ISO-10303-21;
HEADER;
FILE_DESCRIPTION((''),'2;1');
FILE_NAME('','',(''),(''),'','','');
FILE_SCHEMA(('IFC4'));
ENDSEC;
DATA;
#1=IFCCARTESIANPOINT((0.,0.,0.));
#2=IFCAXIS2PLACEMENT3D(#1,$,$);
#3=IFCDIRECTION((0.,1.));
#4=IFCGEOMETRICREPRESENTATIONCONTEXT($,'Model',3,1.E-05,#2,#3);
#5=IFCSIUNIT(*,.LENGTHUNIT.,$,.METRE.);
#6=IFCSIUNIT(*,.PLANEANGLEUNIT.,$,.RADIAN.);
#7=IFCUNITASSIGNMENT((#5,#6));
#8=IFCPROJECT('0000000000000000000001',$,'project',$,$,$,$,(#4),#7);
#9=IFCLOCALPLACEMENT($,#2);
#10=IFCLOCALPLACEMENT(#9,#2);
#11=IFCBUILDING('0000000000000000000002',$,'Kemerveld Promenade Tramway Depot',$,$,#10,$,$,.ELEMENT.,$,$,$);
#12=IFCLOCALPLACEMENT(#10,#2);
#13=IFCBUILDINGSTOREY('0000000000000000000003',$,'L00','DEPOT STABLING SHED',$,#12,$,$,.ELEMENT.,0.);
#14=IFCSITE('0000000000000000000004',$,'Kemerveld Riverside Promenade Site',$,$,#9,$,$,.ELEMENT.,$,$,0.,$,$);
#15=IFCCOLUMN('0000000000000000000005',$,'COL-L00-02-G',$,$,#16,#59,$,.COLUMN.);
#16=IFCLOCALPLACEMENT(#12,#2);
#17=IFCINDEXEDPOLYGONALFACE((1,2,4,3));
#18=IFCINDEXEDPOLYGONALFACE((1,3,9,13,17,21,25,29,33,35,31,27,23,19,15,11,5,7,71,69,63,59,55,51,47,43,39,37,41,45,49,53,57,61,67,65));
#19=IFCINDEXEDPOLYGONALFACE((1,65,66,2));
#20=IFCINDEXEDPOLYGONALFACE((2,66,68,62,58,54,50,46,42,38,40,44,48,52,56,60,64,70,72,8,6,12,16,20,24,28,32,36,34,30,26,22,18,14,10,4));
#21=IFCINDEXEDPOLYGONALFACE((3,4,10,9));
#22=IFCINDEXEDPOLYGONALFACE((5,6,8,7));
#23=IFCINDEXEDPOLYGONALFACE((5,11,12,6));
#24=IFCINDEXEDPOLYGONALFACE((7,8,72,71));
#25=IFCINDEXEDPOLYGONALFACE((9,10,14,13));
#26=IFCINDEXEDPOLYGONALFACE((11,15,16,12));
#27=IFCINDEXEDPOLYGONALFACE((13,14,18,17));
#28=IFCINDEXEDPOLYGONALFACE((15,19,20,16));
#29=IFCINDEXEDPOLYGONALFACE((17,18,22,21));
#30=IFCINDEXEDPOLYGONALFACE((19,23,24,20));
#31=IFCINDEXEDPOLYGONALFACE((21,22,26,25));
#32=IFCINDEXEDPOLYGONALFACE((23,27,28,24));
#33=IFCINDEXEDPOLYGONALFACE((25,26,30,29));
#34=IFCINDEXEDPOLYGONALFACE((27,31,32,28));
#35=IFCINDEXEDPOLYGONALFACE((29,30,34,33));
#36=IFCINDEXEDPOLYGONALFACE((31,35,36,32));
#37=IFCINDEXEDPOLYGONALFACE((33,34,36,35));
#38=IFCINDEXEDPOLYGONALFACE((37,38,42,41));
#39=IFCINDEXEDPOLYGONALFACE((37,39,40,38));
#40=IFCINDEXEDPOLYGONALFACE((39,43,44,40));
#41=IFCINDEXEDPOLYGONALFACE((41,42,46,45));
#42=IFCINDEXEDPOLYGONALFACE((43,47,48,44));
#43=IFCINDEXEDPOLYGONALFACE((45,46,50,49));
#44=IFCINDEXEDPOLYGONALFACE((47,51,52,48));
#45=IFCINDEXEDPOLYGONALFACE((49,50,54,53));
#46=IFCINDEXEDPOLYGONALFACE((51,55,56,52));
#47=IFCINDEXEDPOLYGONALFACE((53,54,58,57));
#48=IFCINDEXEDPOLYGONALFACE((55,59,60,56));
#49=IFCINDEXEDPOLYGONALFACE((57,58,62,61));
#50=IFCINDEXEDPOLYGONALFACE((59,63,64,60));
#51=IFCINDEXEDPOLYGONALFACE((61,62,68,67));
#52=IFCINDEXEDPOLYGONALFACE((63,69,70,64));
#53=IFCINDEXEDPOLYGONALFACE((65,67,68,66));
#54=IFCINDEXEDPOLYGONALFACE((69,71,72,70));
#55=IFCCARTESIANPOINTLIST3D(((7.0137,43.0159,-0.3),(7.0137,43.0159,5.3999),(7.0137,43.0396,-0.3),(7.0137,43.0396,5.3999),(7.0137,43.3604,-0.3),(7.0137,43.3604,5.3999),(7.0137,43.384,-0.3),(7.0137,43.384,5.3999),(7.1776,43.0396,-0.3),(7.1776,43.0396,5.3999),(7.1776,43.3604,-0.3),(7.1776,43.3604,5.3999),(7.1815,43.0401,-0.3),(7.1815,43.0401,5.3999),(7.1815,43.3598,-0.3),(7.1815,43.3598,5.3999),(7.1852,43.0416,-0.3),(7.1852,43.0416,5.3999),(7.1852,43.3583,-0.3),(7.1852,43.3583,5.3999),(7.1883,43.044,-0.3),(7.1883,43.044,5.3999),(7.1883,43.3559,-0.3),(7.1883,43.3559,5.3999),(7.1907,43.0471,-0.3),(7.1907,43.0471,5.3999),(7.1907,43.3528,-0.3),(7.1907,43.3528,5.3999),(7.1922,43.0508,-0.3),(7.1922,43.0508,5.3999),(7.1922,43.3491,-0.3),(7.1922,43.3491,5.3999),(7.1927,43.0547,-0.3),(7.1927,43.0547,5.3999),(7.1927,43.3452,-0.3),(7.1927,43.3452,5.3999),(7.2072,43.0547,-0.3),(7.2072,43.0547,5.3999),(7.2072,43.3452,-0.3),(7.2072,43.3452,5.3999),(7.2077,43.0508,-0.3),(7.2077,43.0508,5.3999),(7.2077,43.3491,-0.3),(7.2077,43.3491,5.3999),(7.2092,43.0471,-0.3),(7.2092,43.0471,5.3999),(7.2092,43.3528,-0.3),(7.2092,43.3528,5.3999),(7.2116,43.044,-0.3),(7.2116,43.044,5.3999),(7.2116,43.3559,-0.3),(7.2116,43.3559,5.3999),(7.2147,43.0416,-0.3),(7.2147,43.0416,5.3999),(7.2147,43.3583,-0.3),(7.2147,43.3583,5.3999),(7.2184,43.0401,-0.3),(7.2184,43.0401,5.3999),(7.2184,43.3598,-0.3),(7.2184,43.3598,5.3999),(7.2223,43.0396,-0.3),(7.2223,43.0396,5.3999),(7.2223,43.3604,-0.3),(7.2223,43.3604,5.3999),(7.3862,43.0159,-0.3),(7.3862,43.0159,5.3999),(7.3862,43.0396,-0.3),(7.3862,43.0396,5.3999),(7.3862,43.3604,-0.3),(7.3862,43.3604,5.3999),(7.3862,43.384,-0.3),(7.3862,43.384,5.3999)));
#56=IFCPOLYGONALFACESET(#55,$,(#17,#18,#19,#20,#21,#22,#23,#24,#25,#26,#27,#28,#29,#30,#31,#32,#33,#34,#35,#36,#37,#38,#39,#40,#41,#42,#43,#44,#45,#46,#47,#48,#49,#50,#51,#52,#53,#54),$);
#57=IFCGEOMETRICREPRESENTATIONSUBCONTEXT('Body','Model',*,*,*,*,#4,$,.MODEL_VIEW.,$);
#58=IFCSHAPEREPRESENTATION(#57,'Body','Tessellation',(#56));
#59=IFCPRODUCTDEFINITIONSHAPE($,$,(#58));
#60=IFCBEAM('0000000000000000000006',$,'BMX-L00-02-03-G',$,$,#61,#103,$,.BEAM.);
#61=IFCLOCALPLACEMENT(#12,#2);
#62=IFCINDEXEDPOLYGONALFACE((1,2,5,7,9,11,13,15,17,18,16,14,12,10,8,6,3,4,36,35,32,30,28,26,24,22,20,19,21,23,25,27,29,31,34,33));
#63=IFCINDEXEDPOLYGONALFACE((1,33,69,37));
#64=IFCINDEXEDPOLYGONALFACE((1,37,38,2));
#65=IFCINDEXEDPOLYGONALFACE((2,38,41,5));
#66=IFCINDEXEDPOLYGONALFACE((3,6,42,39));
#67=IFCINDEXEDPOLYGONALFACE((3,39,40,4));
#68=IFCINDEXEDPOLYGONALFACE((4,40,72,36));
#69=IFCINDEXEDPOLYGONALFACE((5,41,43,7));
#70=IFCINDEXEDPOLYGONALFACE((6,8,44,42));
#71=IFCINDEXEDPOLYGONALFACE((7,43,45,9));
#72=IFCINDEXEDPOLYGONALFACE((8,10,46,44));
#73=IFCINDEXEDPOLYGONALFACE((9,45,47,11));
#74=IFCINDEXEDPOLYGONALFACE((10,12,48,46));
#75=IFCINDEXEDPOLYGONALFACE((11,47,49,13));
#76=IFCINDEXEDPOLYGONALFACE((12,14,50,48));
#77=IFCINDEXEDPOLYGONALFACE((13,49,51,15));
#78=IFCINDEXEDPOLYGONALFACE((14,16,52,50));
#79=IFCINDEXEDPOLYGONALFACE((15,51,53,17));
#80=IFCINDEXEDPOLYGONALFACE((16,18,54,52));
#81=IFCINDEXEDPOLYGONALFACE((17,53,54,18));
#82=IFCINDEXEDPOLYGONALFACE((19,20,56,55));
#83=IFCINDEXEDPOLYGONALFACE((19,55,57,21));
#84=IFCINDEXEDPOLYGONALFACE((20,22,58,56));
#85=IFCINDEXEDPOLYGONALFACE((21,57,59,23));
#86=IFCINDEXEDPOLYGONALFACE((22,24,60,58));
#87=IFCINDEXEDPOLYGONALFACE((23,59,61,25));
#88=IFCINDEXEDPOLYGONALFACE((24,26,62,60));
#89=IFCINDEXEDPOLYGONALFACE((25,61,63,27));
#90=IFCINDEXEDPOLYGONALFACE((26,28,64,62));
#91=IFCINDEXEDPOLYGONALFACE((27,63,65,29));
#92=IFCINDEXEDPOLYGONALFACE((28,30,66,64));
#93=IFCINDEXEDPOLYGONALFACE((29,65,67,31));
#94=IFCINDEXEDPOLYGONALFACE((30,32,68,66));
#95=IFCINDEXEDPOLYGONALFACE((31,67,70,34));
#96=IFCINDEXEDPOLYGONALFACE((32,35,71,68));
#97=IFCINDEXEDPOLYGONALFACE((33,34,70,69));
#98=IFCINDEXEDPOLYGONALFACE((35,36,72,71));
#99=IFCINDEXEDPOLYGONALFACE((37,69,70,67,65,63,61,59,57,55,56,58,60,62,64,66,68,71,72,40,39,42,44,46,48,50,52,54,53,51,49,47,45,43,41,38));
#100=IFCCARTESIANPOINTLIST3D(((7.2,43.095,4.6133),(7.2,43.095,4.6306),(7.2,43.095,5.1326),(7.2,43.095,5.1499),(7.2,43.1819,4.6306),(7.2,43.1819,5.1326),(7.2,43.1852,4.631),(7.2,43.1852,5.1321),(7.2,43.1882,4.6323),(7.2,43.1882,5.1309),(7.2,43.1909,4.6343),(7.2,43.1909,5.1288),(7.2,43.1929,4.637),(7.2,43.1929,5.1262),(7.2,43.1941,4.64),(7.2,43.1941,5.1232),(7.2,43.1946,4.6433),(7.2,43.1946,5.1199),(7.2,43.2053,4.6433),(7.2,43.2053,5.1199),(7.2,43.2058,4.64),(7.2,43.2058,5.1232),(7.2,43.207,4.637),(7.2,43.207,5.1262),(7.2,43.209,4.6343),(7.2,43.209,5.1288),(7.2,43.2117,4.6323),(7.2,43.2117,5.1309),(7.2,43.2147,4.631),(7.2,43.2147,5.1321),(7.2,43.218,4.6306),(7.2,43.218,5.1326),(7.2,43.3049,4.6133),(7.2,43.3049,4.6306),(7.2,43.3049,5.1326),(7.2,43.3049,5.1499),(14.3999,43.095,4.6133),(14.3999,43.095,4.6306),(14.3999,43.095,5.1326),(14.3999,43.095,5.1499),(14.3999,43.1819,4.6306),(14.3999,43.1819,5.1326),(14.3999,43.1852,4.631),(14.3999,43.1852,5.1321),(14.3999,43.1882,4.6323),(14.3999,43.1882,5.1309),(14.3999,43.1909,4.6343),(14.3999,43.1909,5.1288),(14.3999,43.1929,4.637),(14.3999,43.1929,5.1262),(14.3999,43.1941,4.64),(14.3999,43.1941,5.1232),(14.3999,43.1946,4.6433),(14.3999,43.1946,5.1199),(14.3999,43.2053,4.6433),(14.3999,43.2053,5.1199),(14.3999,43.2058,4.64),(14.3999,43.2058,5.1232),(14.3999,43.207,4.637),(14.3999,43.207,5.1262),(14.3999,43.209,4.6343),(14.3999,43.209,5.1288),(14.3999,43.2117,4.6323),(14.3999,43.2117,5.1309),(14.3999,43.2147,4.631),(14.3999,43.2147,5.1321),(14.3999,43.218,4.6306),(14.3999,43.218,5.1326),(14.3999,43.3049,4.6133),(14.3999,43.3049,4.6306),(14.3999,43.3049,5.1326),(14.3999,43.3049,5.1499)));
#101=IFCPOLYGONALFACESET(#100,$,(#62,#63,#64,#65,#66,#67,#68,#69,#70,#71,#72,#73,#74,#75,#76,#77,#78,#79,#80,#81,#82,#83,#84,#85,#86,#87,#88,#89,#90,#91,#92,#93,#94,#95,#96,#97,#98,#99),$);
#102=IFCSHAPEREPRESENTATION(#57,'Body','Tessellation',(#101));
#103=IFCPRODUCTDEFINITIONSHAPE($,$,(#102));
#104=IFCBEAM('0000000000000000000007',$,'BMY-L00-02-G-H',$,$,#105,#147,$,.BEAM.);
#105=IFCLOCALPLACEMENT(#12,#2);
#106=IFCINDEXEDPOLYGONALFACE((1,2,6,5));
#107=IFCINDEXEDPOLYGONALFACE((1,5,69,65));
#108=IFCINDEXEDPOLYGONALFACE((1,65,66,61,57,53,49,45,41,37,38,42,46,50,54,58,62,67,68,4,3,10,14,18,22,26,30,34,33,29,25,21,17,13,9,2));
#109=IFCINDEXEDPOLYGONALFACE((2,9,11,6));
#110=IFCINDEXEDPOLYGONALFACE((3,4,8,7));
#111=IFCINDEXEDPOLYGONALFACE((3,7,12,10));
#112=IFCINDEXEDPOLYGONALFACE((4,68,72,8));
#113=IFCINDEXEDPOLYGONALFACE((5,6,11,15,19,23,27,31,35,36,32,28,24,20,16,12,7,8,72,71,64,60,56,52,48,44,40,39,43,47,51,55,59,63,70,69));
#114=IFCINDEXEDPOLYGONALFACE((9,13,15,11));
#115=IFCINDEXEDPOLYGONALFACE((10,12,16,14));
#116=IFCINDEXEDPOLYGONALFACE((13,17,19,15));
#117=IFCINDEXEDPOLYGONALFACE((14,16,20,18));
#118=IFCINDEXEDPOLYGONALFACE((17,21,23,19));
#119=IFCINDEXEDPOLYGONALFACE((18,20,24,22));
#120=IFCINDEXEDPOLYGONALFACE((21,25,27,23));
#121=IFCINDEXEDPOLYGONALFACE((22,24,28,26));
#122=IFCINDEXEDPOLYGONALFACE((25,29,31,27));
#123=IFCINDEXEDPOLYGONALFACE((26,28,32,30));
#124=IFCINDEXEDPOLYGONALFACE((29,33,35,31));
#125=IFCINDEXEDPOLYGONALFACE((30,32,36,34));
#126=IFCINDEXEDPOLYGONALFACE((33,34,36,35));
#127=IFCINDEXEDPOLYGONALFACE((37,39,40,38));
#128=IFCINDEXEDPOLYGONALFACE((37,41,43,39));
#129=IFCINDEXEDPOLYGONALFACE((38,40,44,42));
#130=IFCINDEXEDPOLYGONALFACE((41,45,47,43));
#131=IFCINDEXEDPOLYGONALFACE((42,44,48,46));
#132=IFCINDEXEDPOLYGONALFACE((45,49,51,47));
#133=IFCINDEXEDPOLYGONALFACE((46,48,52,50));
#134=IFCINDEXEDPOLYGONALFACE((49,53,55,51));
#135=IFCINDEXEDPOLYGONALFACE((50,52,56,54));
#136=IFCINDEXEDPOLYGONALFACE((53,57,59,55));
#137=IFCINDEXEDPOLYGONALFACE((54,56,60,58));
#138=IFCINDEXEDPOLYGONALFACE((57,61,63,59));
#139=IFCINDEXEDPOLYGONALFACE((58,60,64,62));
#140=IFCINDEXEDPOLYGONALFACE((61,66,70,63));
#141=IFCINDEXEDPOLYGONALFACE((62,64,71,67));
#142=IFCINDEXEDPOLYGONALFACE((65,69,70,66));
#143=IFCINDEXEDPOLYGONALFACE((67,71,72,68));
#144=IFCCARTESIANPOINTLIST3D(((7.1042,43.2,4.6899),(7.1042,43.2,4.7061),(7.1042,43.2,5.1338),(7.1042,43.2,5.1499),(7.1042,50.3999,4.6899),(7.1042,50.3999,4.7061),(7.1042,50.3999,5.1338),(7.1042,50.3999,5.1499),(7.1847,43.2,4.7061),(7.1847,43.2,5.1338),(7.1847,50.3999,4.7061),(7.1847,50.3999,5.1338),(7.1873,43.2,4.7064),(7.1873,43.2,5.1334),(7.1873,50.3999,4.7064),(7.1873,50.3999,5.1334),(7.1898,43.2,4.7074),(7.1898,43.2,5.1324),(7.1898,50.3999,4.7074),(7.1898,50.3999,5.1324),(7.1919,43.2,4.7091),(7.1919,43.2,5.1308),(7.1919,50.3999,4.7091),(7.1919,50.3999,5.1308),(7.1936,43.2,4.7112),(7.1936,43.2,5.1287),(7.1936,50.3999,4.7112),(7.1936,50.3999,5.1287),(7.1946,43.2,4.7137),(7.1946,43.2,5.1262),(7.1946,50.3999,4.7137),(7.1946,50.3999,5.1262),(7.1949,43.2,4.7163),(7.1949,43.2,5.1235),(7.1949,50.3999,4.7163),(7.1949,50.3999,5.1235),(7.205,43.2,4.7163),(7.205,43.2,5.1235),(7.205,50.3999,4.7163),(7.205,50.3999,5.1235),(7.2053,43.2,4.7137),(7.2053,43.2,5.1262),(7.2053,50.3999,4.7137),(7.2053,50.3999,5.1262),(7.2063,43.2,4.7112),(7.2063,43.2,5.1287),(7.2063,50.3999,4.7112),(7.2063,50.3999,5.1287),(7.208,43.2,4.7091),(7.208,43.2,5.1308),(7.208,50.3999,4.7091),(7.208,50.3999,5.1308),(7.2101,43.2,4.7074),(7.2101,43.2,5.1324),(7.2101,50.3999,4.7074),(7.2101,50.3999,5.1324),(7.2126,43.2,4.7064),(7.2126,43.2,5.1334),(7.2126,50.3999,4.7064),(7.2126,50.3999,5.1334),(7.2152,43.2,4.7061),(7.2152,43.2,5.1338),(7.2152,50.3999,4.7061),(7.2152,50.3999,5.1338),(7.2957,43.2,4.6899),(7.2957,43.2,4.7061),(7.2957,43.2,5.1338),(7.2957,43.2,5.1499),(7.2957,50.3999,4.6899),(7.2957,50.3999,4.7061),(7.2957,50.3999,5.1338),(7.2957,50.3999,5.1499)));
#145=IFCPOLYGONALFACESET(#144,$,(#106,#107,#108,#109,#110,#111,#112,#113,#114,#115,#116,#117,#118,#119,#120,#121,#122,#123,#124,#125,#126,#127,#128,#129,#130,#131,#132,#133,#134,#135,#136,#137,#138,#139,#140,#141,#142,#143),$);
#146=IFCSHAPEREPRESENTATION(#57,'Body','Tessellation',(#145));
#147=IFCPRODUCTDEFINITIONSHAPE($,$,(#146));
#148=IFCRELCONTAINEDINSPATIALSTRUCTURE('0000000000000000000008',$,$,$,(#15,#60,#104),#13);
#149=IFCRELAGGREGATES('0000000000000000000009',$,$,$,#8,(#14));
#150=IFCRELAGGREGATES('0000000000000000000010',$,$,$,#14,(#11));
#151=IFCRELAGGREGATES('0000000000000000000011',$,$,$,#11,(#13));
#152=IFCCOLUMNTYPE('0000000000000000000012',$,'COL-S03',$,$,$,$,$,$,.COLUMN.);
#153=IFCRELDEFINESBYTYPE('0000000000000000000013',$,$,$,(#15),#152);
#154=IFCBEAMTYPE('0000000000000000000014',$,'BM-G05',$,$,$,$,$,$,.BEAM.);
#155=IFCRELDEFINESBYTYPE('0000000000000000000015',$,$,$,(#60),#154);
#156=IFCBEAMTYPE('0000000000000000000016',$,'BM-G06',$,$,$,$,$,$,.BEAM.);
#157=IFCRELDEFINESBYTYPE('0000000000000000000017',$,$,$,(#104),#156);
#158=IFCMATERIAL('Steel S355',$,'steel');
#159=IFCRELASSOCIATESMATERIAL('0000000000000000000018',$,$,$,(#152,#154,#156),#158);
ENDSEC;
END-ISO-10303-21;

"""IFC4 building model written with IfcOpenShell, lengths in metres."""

from ifc_helpers import new_model, si_unit, direction, frame, origin, origin_2d, place, context, subcontext, project, spatial, i_section, extrude, material, material_profile, profile_set, type_object, element, save


model = new_model("IFC4")

# Units and contexts
model_context = context("Model", 3, precision=1e-05, world=origin(), true_north=direction((0.0, 1.0)))
body_context = subcontext(model_context, "Body", "Model", "MODEL_VIEW")
ifc_project = project(units=[si_unit("LENGTHUNIT", "METRE"), si_unit("PLANEANGLEUNIT", "RADIAN")], contexts=[model_context])

# Site, building, storey
site_placement = place(None, origin())
site = spatial("IfcSite", under=ifc_project, at=site_placement, Name="Kemerveld Riverside Promenade Site", CompositionType="ELEMENT", RefElevation=0.0)
building_placement = place(site_placement, origin())
building = spatial("IfcBuilding", under=site, at=building_placement, Name="Kemerveld Promenade Tramway Depot", CompositionType="ELEMENT")
storey_placement = place(building_placement, origin())
storey = spatial("IfcBuildingStorey", under=building, at=storey_placement, Name="L00", Description="DEPOT STABLING SHED", CompositionType="ELEMENT", Elevation=0.0)

# Column
ifc_material_1 = material(Name="Steel S355", Category="steel")
ifc_material_profile_1 = material_profile(ifc_material_1, i_section(OverallWidth=0.3726, OverallDepth=0.3682, WebThickness=0.0144, FlangeThickness=0.0237, FilletRadius=0.0151, at=origin_2d()), Name="356x368x177 UC")
ifc_profile_set_1 = profile_set([ifc_material_profile_1], Name="Steel S355")
column_type = type_object("IfcColumnType", Name="COL-S03", PredefinedType="COLUMN", material=ifc_profile_set_1)
column_placement = place(storey_placement, frame((7.2, 43.2, -0.3), z_axis=(0.0, 0.0, 1.0), x_axis=(1.0, 0.0, 0.0)))
element("IfcColumn", 1, at=column_placement, inside=storey, type_object=column_type, Name="COL-L00-02-G", PredefinedType="COLUMN", context=body_context, shape_type="SweptSolid", body=[
    extrude(i_section(OverallWidth=0.3726, OverallDepth=0.3682, WebThickness=0.0144, FlangeThickness=0.0237, FilletRadius=0.0151, at=origin_2d()), origin(), (0.0, 0.0, 1.0), 5.7),
])

# Beams
ifc_material_profile_2 = material_profile(ifc_material_1, i_section(OverallWidth=0.21, OverallDepth=0.5366, WebThickness=0.0107, FlangeThickness=0.0173, FilletRadius=0.0127, at=origin_2d()), Name="533x210x101 UB")
ifc_profile_set_2 = profile_set([ifc_material_profile_2], Name="Steel S355")
beam_type_1 = type_object("IfcBeamType", Name="BM-G05", PredefinedType="BEAM", material=ifc_profile_set_2)
beam_1_placement = place(storey_placement, frame((7.2, 43.2, 4.8816), z_axis=(1.0, 0.0, 0.0), x_axis=(0.0, 1.0, 0.0)))
element("IfcBeam", 2, at=beam_1_placement, inside=storey, type_object=beam_type_1, Name="BMX-L00-02-03-G", PredefinedType="BEAM", context=body_context, shape_type="SweptSolid", body=[
    extrude(i_section(OverallWidth=0.21, OverallDepth=0.5366, WebThickness=0.0107, FlangeThickness=0.0173, FilletRadius=0.0127, at=origin_2d()), origin(), (0.0, 0.0, 1.0), 7.2),
])
ifc_material_profile_3 = material_profile(ifc_material_1, i_section(OverallWidth=0.1914, OverallDepth=0.46, WebThickness=0.01, FlangeThickness=0.0161, FilletRadius=0.0103, at=origin_2d()), Name="457x191x82 UB")
ifc_profile_set_3 = profile_set([ifc_material_profile_3], Name="Steel S355")
beam_type_2 = type_object("IfcBeamType", Name="BM-G06", PredefinedType="BEAM", material=ifc_profile_set_3)
beam_2_placement = place(storey_placement, frame((7.2, 43.2, 4.9199), z_axis=(0.0, 1.0, 0.0), x_axis=(-1.0, 0.0, 0.0)))
element("IfcBeam", 3, at=beam_2_placement, inside=storey, type_object=beam_type_2, Name="BMY-L00-02-G-H", PredefinedType="BEAM", context=body_context, shape_type="SweptSolid", body=[
    extrude(i_section(OverallWidth=0.1914, OverallDepth=0.46, WebThickness=0.01, FlangeThickness=0.0161, FilletRadius=0.0103, at=origin_2d()), origin(), (0.0, 0.0, 1.0), 7.2),
])

save(model, "model.ifc")
